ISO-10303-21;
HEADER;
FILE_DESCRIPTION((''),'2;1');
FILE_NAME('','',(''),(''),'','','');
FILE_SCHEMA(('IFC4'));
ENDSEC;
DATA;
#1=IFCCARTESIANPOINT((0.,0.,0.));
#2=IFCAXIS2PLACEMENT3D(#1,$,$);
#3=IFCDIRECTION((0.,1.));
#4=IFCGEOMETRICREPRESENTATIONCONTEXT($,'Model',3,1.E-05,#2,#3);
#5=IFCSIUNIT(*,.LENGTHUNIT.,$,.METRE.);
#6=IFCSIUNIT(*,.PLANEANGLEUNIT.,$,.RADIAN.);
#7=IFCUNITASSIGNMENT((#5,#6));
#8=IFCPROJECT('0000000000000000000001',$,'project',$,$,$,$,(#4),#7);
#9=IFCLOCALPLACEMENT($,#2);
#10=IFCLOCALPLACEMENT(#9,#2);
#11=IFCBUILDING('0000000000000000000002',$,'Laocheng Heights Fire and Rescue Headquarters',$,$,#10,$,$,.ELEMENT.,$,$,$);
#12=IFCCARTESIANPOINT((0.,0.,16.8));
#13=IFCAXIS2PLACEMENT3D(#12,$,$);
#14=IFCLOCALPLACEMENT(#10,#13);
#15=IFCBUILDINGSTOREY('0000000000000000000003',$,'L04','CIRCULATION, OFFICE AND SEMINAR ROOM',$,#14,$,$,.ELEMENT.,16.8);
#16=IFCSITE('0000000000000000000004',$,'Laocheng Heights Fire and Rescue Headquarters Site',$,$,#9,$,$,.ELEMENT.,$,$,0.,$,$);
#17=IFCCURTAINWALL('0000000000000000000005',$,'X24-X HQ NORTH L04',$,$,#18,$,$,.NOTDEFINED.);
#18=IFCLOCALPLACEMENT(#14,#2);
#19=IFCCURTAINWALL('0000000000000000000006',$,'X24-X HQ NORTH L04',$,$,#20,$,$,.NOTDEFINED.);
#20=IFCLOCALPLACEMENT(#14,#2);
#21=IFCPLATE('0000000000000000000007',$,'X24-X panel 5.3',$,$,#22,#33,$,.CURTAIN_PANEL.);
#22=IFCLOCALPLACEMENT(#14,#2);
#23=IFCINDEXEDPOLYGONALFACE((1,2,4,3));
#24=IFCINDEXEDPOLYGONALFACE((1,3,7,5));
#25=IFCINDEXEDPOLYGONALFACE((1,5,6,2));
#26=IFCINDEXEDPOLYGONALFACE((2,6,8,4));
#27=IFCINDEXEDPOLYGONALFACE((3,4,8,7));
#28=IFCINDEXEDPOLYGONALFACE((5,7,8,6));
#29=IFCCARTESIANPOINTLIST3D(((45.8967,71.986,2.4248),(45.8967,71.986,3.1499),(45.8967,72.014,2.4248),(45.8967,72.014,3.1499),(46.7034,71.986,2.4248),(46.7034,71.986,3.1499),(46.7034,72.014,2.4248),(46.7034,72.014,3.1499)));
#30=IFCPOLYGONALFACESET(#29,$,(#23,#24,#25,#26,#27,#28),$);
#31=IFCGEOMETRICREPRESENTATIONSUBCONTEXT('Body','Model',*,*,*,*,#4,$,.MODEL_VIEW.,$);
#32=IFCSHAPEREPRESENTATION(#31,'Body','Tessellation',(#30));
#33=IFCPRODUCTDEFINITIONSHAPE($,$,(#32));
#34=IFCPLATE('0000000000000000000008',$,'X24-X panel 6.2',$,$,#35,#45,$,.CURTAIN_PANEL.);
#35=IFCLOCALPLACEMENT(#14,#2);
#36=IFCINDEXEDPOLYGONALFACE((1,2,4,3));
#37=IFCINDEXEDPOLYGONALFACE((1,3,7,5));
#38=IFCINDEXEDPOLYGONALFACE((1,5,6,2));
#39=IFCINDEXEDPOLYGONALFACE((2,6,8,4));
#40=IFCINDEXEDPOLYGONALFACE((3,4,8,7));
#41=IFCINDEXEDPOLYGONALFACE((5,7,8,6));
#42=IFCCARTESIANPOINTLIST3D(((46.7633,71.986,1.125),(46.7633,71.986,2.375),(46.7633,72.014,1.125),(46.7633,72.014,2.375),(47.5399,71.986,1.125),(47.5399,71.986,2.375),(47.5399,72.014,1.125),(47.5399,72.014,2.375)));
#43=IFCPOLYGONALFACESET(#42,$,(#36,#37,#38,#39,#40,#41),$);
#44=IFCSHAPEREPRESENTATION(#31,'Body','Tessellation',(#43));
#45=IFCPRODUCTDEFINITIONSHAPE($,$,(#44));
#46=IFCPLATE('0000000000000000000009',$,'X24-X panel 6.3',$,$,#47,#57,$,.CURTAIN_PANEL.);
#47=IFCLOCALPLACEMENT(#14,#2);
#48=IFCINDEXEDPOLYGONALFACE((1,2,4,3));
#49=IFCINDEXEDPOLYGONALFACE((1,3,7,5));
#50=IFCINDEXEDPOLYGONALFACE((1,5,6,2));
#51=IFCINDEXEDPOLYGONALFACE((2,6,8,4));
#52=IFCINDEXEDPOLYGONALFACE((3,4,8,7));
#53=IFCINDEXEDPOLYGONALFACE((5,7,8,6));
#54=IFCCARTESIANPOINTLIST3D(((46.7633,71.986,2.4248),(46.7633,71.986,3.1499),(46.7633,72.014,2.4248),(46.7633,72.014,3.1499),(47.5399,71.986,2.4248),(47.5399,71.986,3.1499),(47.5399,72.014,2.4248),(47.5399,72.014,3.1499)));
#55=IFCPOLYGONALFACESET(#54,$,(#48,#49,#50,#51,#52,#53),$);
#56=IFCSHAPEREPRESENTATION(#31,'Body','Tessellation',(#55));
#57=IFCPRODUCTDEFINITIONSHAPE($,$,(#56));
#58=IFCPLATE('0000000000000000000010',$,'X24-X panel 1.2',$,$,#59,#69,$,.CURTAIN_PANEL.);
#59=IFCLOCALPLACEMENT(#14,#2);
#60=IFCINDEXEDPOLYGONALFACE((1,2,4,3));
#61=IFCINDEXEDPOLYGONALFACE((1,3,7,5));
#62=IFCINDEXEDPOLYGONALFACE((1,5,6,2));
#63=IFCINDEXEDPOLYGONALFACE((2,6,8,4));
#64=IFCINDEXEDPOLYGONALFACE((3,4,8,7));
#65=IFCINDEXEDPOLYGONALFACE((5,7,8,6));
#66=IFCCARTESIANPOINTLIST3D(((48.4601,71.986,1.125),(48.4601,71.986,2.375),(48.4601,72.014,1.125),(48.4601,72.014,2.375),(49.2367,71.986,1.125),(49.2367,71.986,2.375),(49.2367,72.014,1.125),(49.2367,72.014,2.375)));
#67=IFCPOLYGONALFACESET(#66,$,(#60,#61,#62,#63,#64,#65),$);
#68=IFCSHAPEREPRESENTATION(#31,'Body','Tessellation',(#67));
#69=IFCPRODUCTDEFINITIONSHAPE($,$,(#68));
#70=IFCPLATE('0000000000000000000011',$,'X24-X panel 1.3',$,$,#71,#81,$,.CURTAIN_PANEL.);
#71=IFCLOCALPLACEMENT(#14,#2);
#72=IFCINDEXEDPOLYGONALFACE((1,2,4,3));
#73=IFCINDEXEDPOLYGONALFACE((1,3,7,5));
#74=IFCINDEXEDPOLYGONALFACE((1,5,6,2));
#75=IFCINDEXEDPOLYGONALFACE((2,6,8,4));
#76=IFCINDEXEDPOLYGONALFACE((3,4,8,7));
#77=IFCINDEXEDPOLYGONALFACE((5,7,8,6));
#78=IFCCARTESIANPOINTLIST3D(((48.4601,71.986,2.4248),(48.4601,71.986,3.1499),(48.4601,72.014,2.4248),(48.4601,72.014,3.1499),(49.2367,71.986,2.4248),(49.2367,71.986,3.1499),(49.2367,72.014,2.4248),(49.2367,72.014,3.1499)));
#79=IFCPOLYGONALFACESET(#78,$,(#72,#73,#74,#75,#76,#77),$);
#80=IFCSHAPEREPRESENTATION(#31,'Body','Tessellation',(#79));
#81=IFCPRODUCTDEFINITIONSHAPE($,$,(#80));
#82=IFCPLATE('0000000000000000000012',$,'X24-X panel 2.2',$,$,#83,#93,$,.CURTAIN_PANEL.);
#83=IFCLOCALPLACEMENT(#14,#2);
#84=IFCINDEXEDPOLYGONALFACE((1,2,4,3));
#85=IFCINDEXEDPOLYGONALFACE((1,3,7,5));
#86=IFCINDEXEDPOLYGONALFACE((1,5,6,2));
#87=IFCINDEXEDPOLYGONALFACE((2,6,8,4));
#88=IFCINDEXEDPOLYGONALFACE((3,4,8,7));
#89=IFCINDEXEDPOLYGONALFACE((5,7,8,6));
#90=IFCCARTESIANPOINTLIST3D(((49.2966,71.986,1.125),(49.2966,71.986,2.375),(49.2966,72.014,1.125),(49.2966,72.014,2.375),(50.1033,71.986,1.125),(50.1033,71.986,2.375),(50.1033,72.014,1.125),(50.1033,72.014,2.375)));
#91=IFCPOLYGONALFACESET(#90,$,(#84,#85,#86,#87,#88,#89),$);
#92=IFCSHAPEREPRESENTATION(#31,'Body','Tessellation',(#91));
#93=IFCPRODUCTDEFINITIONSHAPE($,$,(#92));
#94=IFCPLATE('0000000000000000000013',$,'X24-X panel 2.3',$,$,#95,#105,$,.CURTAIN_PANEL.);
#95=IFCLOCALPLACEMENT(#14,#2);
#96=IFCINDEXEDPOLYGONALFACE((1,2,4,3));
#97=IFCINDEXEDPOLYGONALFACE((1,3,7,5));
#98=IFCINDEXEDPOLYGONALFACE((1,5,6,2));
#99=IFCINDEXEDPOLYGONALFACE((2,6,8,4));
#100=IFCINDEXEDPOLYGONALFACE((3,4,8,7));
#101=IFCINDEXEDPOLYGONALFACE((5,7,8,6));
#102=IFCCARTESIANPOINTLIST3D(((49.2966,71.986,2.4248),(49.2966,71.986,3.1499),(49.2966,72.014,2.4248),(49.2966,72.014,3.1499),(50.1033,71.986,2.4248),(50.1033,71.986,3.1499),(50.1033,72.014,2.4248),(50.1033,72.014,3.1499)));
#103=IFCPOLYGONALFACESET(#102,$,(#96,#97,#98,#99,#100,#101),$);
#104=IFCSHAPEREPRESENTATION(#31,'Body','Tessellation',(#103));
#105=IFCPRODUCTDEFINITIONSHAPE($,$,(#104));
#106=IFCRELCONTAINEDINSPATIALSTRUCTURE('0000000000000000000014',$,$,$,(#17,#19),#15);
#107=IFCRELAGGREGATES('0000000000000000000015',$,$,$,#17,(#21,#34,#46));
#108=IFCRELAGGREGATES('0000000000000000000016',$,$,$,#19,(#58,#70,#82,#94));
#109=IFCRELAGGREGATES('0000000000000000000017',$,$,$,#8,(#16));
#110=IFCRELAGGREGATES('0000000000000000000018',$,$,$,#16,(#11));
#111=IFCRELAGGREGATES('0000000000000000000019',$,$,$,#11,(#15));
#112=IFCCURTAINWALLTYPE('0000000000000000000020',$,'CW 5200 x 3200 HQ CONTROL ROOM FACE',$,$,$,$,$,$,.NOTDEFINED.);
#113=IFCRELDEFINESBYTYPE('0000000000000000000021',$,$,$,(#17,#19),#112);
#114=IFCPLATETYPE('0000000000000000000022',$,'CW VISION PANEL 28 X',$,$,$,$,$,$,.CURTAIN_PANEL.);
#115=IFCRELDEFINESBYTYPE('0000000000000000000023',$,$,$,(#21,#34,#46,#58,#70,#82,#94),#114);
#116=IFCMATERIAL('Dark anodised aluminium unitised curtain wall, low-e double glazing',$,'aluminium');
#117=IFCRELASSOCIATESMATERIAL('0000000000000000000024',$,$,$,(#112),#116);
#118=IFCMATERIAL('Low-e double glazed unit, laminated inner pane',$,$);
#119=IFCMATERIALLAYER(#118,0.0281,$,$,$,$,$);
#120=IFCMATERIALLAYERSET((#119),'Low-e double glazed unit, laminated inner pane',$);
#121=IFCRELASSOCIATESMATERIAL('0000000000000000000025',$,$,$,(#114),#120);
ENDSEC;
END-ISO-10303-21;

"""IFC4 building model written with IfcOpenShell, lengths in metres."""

from ifc_helpers import new_model, si_unit, direction, frame, origin, origin_2d, place, context, subcontext, project, spatial, rectangle, extrude, material, layer, layer_set, type_object, element, aggregate, save


model = new_model("IFC4")

# Units and contexts
model_context = context("Model", 3, precision=1e-05, world=origin(), true_north=direction((0.0, 1.0)))
body_context = subcontext(model_context, "Body", "Model", "MODEL_VIEW")
ifc_project = project(units=[si_unit("LENGTHUNIT", "METRE"), si_unit("PLANEANGLEUNIT", "RADIAN")], contexts=[model_context])

# Site, building, storey
site_placement = place(None, origin())
site = spatial("IfcSite", under=ifc_project, at=site_placement, Name="Laocheng Heights Fire and Rescue Headquarters Site", CompositionType="ELEMENT", RefElevation=0.0)
building_placement = place(site_placement, origin())
building = spatial("IfcBuilding", under=site, at=building_placement, Name="Laocheng Heights Fire and Rescue Headquarters", CompositionType="ELEMENT")
storey_placement = place(building_placement, frame((0.0, 0.0, 16.8)))
storey = spatial("IfcBuildingStorey", under=building, at=storey_placement, Name="L04", Description="CIRCULATION, OFFICE AND SEMINAR ROOM", CompositionType="ELEMENT", Elevation=16.8)

# Curtain walls
ifc_material_1 = material(Name="Dark anodised aluminium unitised curtain wall, low-e double glazing", Category="aluminium")
curtain_wall_type = type_object("IfcCurtainWallType", Name="CW 5200 x 3200 HQ CONTROL ROOM FACE", PredefinedType="NOTDEFINED", material=ifc_material_1)
curtain_wall_1_placement = place(storey_placement, origin())
curtain_wall_1 = element("IfcCurtainWall", 1, at=curtain_wall_1_placement, inside=storey, type_object=curtain_wall_type, Name="X24-X HQ NORTH L04", PredefinedType="NOTDEFINED")
curtain_wall_2_placement = place(storey_placement, origin())
curtain_wall_2 = element("IfcCurtainWall", 2, at=curtain_wall_2_placement, inside=storey, type_object=curtain_wall_type, Name="X24-X HQ NORTH L04", PredefinedType="NOTDEFINED")

# Plates
ifc_material_2 = material(Name="Low-e double glazed unit, laminated inner pane")
ifc_layer_1 = layer(ifc_material_2, 0.0281)
ifc_layer_set_1 = layer_set([ifc_layer_1], Name="Low-e double glazed unit, laminated inner pane")
plate_type_1 = type_object("IfcPlateType", Name="CW VISION PANEL 28 X", PredefinedType="CURTAIN_PANEL", material=ifc_layer_set_1)
plate_1_placement = place(storey_placement, frame((46.3, 72.0, 2.4248), z_axis=(0.0, 0.0, 1.0), x_axis=(1.0, 0.0, 0.0)))
plate_1 = element("IfcPlate", 3, at=plate_1_placement, type_object=plate_type_1, Name="X24-X panel 5.3", PredefinedType="CURTAIN_PANEL", context=body_context, shape_type="SweptSolid", body=[
    extrude(rectangle(XDim=0.8066, YDim=0.0281, at=origin_2d()), origin(), (0.0, 0.0, 1.0), 0.7251),
])
plate_2_placement = place(storey_placement, frame((47.1516, 72.0, 1.125), z_axis=(0.0, 0.0, 1.0), x_axis=(1.0, 0.0, 0.0)))
plate_2 = element("IfcPlate", 4, at=plate_2_placement, type_object=plate_type_1, Name="X24-X panel 6.2", PredefinedType="CURTAIN_PANEL", context=body_context, shape_type="SweptSolid", body=[
    extrude(rectangle(XDim=0.7766, YDim=0.0281, at=origin_2d()), origin(), (0.0, 0.0, 1.0), 1.25),
])
plate_3_placement = place(storey_placement, frame((47.1516, 72.0, 2.4248), z_axis=(0.0, 0.0, 1.0), x_axis=(1.0, 0.0, 0.0)))
plate_3 = element("IfcPlate", 5, at=plate_3_placement, type_object=plate_type_1, Name="X24-X panel 6.3", PredefinedType="CURTAIN_PANEL", context=body_context, shape_type="SweptSolid", body=[
    extrude(rectangle(XDim=0.7766, YDim=0.0281, at=origin_2d()), origin(), (0.0, 0.0, 1.0), 0.7251),
])
aggregate(curtain_wall_1, [plate_1, plate_2, plate_3])
plate_4_placement = place(storey_placement, frame((48.8484, 72.0, 1.125), z_axis=(0.0, 0.0, 1.0), x_axis=(1.0, 0.0, 0.0)))
plate_4 = element("IfcPlate", 6, at=plate_4_placement, type_object=plate_type_1, Name="X24-X panel 1.2", PredefinedType="CURTAIN_PANEL", context=body_context, shape_type="SweptSolid", body=[
    extrude(rectangle(XDim=0.7766, YDim=0.0281, at=origin_2d()), origin(), (0.0, 0.0, 1.0), 1.25),
])
plate_5_placement = place(storey_placement, frame((48.8484, 72.0, 2.4248), z_axis=(0.0, 0.0, 1.0), x_axis=(1.0, 0.0, 0.0)))
plate_5 = element("IfcPlate", 7, at=plate_5_placement, type_object=plate_type_1, Name="X24-X panel 1.3", PredefinedType="CURTAIN_PANEL", context=body_context, shape_type="SweptSolid", body=[
    extrude(rectangle(XDim=0.7766, YDim=0.0281, at=origin_2d()), origin(), (0.0, 0.0, 1.0), 0.7251),
])
plate_6_placement = place(storey_placement, frame((49.7, 72.0, 1.125), z_axis=(0.0, 0.0, 1.0), x_axis=(1.0, 0.0, 0.0)))
plate_6 = element("IfcPlate", 8, at=plate_6_placement, type_object=plate_type_1, Name="X24-X panel 2.2", PredefinedType="CURTAIN_PANEL", context=body_context, shape_type="SweptSolid", body=[
    extrude(rectangle(XDim=0.8066, YDim=0.0281, at=origin_2d()), origin(), (0.0, 0.0, 1.0), 1.25),
])
plate_7_placement = place(storey_placement, frame((49.7, 72.0, 2.4248), z_axis=(0.0, 0.0, 1.0), x_axis=(1.0, 0.0, 0.0)))
plate_7 = element("IfcPlate", 9, at=plate_7_placement, type_object=plate_type_1, Name="X24-X panel 2.3", PredefinedType="CURTAIN_PANEL", context=body_context, shape_type="SweptSolid", body=[
    extrude(rectangle(XDim=0.8066, YDim=0.0281, at=origin_2d()), origin(), (0.0, 0.0, 1.0), 0.7251),
])
aggregate(curtain_wall_2, [plate_4, plate_5, plate_6, plate_7])

save(model, "model.ifc")
